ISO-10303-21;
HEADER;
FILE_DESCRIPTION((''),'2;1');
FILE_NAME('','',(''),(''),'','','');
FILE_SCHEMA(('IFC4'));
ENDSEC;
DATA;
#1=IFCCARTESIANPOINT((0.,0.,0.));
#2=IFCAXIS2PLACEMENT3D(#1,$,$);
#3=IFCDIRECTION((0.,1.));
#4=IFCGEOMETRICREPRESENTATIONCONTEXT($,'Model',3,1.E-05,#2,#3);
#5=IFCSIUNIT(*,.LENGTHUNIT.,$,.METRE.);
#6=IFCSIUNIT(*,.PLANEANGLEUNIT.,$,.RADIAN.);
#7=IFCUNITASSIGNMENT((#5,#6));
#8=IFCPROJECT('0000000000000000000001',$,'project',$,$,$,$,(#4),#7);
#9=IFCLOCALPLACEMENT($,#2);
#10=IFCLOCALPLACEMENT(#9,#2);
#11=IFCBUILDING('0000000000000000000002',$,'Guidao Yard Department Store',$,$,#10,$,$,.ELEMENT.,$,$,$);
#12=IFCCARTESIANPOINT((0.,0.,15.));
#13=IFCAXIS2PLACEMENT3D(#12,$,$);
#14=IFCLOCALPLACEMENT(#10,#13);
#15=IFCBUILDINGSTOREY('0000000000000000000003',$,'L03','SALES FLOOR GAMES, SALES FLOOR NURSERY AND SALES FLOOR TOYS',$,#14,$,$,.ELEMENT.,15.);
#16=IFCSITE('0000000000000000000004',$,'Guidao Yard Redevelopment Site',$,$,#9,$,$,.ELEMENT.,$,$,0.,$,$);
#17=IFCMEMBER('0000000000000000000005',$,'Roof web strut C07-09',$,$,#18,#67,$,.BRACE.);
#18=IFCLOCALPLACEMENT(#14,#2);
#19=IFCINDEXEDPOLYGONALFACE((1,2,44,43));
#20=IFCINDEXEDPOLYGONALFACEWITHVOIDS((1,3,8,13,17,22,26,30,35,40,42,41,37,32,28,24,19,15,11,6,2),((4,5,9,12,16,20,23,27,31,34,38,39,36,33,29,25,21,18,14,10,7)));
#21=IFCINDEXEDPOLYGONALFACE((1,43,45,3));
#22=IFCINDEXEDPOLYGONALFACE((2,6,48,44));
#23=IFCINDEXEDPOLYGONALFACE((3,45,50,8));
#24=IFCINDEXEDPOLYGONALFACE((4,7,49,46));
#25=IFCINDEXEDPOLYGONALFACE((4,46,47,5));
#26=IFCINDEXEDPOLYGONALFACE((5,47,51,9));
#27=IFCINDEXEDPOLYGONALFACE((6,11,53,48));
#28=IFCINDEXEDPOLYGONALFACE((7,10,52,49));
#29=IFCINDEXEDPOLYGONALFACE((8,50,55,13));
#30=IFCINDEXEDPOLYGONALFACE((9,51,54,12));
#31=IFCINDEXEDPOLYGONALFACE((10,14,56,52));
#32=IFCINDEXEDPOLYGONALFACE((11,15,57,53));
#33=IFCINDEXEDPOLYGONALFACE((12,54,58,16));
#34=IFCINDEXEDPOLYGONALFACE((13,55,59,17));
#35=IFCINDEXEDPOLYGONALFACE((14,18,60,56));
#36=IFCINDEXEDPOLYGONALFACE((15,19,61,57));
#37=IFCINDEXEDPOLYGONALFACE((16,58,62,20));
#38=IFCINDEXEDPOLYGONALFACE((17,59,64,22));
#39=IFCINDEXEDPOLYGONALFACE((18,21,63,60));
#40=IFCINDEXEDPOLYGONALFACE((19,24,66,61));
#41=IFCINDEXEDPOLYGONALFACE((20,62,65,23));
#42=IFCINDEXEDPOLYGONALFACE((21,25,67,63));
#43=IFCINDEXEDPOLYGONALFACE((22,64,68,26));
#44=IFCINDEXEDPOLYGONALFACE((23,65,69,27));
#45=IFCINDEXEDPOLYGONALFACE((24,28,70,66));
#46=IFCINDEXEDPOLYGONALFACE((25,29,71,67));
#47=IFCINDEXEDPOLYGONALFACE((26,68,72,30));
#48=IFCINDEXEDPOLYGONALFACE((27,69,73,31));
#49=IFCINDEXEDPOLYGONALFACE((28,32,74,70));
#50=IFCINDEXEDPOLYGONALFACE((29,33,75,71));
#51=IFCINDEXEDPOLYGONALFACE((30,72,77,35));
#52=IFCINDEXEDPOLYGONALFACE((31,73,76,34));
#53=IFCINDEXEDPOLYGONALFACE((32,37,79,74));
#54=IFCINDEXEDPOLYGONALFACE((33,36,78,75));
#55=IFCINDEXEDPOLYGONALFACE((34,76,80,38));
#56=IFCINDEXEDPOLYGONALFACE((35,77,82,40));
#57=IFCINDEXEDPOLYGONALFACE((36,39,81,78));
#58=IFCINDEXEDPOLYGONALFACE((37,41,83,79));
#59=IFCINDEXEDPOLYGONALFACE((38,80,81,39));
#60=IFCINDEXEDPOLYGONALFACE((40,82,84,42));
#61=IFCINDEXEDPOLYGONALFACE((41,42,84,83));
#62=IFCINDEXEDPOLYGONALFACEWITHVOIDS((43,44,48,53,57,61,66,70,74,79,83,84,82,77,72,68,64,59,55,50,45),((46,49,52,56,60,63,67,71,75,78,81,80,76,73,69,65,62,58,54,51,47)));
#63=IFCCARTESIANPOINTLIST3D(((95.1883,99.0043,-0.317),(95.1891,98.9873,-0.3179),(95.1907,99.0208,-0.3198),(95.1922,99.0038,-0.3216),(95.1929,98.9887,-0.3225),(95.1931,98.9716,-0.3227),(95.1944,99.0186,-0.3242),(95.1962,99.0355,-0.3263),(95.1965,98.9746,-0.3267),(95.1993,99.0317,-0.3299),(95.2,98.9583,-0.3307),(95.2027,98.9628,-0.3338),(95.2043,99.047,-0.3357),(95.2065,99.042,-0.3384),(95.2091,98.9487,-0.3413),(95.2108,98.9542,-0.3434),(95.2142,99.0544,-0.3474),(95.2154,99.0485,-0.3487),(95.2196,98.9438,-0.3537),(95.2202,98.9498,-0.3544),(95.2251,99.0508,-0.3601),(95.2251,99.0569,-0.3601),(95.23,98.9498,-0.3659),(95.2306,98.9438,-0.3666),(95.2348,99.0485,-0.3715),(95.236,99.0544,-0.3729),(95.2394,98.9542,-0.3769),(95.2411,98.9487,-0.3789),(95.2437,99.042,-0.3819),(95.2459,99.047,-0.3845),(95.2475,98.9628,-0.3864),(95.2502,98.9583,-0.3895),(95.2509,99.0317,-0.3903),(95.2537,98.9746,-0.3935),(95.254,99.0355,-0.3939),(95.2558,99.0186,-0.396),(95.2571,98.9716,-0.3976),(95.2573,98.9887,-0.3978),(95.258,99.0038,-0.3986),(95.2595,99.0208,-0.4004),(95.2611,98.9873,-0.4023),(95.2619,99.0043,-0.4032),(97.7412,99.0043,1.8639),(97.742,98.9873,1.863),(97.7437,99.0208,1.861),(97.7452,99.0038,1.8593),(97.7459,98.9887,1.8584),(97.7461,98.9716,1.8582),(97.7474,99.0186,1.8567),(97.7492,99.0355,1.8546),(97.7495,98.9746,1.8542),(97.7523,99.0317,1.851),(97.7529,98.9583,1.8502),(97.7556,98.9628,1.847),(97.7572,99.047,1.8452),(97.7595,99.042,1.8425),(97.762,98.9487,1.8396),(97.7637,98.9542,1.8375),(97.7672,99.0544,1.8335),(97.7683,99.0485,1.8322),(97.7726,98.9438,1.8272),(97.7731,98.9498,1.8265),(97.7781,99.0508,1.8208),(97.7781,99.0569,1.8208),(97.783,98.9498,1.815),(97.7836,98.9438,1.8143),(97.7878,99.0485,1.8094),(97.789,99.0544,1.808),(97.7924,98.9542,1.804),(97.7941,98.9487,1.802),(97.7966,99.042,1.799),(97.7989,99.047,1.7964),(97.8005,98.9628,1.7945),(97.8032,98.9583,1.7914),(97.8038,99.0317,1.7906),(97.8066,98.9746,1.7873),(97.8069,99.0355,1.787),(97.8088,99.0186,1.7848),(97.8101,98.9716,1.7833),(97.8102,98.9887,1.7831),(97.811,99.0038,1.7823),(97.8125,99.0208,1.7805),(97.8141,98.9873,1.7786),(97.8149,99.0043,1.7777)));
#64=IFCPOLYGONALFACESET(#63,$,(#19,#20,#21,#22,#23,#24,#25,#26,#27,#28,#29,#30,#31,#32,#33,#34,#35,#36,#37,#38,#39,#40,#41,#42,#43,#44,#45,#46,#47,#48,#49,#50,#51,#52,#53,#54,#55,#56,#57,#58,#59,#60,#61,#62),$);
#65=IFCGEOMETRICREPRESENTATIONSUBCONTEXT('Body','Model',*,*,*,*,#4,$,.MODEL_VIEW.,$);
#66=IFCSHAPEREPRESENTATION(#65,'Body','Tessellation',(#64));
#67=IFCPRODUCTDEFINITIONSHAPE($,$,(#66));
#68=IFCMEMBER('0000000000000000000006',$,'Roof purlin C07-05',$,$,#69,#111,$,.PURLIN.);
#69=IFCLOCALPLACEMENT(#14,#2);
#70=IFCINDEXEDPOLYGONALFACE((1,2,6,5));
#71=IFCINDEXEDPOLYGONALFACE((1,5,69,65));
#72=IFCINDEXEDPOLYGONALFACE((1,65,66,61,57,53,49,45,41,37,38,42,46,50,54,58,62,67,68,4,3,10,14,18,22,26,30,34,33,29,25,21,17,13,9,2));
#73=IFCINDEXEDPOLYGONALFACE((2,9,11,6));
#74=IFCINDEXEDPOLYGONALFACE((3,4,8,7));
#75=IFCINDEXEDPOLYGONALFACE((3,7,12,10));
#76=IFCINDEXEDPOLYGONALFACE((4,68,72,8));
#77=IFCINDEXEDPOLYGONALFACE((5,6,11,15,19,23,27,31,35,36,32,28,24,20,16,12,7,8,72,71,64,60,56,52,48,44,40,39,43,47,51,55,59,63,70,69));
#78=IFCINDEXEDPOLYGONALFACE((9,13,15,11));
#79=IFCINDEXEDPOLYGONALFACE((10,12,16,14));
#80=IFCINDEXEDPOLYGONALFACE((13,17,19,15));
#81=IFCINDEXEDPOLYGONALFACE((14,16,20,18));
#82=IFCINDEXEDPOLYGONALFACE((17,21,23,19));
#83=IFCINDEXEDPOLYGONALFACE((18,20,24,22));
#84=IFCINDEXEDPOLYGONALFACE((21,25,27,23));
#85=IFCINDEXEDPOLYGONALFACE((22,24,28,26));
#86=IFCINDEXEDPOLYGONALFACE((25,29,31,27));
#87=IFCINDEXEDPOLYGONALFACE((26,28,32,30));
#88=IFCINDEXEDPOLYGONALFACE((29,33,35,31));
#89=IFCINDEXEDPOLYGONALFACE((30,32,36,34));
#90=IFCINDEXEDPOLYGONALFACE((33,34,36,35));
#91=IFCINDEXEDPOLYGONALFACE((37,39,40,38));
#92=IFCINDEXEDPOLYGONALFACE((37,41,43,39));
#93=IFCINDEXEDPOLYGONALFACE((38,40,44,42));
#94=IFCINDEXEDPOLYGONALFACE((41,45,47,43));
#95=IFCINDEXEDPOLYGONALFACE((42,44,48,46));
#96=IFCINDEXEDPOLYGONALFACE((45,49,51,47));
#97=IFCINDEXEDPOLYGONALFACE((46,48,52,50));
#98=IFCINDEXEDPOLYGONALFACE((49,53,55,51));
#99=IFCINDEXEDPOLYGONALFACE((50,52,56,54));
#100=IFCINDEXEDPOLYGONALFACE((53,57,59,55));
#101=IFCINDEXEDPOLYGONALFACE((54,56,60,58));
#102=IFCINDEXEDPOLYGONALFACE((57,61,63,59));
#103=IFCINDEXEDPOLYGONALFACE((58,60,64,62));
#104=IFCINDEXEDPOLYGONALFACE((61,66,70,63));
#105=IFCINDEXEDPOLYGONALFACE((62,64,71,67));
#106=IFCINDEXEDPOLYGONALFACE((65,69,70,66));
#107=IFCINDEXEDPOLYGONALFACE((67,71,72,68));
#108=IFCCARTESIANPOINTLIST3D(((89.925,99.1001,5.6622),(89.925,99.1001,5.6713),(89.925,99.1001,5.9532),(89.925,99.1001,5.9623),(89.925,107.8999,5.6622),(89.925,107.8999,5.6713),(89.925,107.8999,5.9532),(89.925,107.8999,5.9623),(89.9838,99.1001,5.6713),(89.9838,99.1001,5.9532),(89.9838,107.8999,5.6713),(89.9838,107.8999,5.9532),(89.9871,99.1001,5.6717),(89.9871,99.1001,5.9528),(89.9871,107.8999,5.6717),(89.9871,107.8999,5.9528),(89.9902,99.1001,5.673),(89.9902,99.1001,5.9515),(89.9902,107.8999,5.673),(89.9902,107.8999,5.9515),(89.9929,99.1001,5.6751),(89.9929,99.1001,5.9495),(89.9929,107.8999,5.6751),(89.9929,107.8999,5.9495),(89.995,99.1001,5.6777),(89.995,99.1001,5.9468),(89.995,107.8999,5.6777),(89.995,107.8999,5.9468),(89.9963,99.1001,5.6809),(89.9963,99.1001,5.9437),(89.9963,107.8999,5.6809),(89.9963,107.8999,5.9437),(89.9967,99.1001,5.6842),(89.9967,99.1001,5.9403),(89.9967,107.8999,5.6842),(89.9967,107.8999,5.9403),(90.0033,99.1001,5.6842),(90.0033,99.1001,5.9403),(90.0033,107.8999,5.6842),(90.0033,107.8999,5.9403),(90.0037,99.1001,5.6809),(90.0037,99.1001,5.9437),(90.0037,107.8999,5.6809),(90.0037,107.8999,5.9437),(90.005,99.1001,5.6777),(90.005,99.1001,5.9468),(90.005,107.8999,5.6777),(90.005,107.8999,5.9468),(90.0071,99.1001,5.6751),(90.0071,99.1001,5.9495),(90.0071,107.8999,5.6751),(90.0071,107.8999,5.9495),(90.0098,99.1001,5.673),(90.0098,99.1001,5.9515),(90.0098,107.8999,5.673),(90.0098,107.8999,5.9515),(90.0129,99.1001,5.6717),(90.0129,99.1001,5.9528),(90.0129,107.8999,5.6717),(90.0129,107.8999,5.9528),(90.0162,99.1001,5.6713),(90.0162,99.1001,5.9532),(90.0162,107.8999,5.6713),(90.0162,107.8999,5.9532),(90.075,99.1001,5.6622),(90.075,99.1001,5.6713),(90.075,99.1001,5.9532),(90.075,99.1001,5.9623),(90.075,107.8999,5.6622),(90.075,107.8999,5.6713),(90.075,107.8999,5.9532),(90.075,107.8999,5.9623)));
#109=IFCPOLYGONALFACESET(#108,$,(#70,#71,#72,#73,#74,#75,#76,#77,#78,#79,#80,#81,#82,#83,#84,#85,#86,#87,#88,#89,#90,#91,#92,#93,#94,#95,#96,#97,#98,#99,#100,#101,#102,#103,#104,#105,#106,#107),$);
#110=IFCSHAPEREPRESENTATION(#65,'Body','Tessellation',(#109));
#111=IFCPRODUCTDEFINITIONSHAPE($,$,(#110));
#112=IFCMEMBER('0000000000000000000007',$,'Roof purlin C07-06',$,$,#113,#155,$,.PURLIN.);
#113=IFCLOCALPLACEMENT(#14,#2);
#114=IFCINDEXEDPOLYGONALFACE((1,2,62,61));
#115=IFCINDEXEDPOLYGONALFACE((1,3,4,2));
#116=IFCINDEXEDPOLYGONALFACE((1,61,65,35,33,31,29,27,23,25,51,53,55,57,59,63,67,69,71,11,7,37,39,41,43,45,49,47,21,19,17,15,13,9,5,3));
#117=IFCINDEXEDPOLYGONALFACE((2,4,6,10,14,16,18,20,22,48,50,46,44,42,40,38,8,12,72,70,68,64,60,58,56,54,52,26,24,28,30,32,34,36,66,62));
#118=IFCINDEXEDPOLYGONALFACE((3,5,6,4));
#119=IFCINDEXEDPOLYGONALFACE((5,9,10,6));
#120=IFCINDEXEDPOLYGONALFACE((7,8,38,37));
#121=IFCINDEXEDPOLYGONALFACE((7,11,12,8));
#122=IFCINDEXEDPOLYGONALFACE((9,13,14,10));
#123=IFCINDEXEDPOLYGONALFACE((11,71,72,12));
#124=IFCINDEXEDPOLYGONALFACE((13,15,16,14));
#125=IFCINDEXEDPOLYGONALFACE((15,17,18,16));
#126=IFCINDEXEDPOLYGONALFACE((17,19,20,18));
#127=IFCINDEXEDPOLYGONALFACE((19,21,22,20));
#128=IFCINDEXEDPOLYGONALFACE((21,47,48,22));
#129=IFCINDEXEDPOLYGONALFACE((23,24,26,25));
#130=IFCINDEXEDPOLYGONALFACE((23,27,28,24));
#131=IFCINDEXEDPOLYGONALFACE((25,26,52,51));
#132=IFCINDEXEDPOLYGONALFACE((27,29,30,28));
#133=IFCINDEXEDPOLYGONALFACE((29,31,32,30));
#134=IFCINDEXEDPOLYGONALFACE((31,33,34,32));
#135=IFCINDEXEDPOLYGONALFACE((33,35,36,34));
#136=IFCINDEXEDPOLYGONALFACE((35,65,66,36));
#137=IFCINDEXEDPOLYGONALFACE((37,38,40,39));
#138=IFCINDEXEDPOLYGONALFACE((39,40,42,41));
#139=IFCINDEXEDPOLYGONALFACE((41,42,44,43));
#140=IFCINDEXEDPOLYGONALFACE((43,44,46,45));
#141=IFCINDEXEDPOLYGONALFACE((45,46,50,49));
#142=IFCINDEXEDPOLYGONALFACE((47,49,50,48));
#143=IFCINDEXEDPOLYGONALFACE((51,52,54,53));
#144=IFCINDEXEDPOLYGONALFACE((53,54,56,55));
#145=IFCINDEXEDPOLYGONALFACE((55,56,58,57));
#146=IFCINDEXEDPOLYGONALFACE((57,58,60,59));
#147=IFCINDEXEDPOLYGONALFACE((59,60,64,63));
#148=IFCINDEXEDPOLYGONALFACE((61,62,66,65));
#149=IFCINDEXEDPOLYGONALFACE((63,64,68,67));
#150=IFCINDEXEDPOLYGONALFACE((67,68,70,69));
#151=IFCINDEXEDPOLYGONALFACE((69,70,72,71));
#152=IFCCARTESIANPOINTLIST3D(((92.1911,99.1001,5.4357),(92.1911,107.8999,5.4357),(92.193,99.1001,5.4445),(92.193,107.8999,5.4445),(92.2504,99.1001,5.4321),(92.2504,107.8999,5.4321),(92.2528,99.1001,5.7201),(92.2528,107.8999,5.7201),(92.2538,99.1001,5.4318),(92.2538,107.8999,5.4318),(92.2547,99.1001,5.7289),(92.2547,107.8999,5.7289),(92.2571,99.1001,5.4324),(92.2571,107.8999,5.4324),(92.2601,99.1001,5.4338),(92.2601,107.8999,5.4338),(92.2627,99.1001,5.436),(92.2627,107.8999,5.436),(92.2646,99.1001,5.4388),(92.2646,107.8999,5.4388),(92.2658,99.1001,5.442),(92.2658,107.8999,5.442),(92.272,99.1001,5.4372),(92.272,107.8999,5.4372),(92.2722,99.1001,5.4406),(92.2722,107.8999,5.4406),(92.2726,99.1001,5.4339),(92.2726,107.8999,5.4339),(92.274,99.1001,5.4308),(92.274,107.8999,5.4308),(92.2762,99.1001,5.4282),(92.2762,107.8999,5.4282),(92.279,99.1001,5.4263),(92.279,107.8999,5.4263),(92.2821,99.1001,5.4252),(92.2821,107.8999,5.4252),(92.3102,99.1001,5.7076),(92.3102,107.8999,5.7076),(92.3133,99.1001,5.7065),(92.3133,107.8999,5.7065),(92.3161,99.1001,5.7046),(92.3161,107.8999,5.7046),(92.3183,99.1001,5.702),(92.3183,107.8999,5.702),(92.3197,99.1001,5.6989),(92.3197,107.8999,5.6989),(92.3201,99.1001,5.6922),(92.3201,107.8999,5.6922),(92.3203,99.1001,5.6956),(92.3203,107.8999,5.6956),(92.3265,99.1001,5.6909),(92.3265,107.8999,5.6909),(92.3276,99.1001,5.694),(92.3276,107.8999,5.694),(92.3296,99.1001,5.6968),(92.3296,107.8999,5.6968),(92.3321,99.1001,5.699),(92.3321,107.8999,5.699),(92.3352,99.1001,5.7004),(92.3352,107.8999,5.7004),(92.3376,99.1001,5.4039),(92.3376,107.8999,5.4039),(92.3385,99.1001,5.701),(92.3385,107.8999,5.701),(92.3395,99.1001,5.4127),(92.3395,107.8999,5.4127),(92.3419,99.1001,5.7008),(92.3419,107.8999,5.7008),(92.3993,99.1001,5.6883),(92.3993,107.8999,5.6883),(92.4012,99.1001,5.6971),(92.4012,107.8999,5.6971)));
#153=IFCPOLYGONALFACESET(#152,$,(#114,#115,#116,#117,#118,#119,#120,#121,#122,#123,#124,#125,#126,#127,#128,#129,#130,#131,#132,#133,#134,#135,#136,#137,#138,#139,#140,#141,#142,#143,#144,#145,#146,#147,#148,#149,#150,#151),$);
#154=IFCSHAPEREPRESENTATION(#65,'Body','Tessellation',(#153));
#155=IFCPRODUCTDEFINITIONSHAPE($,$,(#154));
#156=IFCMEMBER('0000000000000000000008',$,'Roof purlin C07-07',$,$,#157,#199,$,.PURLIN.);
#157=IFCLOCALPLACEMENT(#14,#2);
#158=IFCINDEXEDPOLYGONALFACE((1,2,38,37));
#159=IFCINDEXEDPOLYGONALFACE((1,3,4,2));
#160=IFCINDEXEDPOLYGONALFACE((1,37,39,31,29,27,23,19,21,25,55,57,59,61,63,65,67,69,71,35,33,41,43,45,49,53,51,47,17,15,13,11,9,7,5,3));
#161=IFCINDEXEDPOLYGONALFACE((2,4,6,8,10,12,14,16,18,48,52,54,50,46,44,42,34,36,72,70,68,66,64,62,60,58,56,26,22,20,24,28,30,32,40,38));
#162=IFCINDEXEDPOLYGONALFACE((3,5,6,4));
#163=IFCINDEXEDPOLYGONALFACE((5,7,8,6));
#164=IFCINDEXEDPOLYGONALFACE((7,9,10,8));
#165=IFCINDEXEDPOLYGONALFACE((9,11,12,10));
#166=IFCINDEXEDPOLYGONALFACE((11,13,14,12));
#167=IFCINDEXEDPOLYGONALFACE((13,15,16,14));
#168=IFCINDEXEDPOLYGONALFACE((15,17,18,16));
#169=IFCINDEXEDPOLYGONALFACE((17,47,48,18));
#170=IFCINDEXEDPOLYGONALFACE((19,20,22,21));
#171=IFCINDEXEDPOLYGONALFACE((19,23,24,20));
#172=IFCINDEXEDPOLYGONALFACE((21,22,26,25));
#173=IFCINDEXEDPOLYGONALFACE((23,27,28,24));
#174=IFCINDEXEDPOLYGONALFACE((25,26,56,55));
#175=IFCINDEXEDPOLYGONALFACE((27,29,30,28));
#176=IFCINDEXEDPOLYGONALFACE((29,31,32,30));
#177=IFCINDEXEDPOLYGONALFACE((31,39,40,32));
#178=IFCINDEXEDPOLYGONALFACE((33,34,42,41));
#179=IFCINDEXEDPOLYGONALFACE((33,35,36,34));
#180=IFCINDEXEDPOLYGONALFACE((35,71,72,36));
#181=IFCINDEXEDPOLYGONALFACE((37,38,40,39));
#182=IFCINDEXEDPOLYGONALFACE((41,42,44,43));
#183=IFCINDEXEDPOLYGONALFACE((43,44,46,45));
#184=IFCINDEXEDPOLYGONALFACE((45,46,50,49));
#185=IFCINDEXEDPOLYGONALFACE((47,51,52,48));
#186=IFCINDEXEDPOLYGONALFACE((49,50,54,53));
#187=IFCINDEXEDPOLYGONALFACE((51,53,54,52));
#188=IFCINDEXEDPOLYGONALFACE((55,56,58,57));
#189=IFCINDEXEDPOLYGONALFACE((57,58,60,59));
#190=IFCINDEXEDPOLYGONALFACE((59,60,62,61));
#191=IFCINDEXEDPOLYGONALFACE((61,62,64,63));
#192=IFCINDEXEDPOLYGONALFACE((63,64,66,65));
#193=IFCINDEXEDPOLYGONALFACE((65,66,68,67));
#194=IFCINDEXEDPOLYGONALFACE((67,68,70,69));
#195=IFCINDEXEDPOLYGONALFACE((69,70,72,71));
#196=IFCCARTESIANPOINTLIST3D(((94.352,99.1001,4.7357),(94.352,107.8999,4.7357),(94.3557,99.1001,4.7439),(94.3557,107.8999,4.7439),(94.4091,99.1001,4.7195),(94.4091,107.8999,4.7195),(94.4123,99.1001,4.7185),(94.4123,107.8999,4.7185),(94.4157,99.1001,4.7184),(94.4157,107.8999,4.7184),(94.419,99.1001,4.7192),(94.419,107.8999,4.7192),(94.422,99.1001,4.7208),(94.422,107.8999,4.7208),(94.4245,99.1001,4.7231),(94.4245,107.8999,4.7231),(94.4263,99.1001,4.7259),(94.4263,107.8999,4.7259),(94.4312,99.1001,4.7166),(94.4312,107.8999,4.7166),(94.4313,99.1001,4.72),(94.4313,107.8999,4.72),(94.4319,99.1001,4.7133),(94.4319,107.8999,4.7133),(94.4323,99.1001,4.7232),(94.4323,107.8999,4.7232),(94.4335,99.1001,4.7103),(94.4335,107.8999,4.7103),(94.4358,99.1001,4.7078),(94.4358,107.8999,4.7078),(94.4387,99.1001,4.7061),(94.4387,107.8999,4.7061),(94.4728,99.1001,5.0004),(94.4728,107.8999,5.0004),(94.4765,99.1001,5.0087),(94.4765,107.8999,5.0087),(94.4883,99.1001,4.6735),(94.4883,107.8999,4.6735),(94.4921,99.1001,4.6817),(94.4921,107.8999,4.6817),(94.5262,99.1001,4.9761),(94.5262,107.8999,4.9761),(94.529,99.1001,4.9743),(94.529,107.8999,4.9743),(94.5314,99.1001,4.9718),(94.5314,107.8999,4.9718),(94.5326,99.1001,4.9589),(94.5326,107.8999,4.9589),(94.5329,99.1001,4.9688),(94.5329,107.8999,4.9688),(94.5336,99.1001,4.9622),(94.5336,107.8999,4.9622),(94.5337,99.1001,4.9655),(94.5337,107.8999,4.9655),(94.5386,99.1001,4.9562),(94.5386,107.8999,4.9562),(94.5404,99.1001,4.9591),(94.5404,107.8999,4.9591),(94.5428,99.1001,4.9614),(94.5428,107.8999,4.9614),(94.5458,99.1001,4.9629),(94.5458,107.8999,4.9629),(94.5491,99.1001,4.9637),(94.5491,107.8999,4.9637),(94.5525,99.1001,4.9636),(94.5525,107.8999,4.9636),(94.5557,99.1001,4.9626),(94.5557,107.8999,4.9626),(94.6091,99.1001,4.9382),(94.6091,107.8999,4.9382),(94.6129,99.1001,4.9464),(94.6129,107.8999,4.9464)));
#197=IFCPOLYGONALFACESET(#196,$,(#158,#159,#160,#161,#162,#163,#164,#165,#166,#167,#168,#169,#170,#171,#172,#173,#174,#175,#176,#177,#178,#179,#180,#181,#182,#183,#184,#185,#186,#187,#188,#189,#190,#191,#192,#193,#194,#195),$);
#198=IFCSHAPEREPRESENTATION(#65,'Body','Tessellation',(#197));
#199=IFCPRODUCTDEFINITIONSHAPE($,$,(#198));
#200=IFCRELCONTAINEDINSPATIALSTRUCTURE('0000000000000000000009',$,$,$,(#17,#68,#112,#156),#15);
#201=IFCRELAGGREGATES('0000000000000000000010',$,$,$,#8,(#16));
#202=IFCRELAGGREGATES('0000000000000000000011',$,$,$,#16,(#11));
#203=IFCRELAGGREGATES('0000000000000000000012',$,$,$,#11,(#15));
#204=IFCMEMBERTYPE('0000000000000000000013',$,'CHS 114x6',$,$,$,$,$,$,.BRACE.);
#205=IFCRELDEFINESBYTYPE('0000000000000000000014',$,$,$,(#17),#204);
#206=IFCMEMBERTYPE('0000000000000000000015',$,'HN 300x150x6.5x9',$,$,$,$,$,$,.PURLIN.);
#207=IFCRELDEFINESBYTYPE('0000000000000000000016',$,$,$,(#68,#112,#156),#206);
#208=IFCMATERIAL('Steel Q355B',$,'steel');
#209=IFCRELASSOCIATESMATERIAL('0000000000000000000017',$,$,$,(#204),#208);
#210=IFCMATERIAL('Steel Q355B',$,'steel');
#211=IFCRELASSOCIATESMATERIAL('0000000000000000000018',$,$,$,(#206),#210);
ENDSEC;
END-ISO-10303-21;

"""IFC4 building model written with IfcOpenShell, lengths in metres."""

from ifc_helpers import new_model, si_unit, direction, frame, origin, origin_2d, place, context, subcontext, project, spatial, hollow_circle, i_section, extrude, material, material_profile, profile_set, type_object, element, save


model = new_model("IFC4")

# Units and contexts
model_context = context("Model", 3, precision=1e-05, world=origin(), true_north=direction((0.0, 1.0)))
body_context = subcontext(model_context, "Body", "Model", "MODEL_VIEW")
ifc_project = project(units=[si_unit("LENGTHUNIT", "METRE"), si_unit("PLANEANGLEUNIT", "RADIAN")], contexts=[model_context])

# Site, building, storey
site_placement = place(None, origin())
site = spatial("IfcSite", under=ifc_project, at=site_placement, Name="Guidao Yard Redevelopment Site", CompositionType="ELEMENT", RefElevation=0.0)
building_placement = place(site_placement, origin())
building = spatial("IfcBuilding", under=site, at=building_placement, Name="Guidao Yard Department Store", CompositionType="ELEMENT")
storey_placement = place(building_placement, frame((0.0, 0.0, 15.0)))
storey = spatial("IfcBuildingStorey", under=building, at=storey_placement, Name="L03", Description="SALES FLOOR GAMES, SALES FLOOR NURSERY AND SALES FLOOR TOYS", CompositionType="ELEMENT", Elevation=15.0)

# Members
ifc_material_1 = material(Name="Steel Q355B", Category="steel")
ifc_material_profile_1 = material_profile(ifc_material_1, hollow_circle(Radius=0.0569, WallThickness=0.0061, at=origin_2d()), Name="CHS 114x6")
ifc_profile_set_1 = profile_set([ifc_material_profile_1], Name="Steel Q355B")
member_type_1 = type_object("IfcMemberType", Name="CHS 114x6", PredefinedType="BRACE", material=ifc_profile_set_1)
member_1_placement = place(storey_placement, frame((95.2251, 99.0, -0.3601), z_axis=(0.760339, 0.0, 0.649527), x_axis=(0.0, 1.0, 0.0)))
element("IfcMember", 1, at=member_1_placement, inside=storey, type_object=member_type_1, Name="Roof web strut C07-09", PredefinedType="BRACE", context=body_context, shape_type="SweptSolid", body=[
    extrude(hollow_circle(Radius=0.0569, WallThickness=0.0061, at=origin_2d()), origin(), (0.0, 0.0, 1.0), 3.3577),
])
ifc_material_2 = material(Name="Steel Q355B", Category="steel")
ifc_material_profile_2 = material_profile(ifc_material_2, i_section(OverallWidth=0.1499, OverallDepth=0.3, WebThickness=0.0066, FlangeThickness=0.009, FilletRadius=0.0129, at=origin_2d()), Name="HN 300x150x6.5x9")
ifc_profile_set_2 = profile_set([ifc_material_profile_2], Name="Steel Q355B")
member_type_2 = type_object("IfcMemberType", Name="HN 300x150x6.5x9", PredefinedType="PURLIN", material=ifc_profile_set_2)
for number, where, z_axis, x_axis, name in (
    (2, (90.0, 99.1001, 5.8123), (0.0, 1.0, 0.0), (-1.0, 0.0, 0.0), "Roof purlin C07-05"),
    (3, (92.2961, 99.1001, 5.5664), (0.0, 1.0, 0.0), (-0.977292, 0.0, 0.211897), "Roof purlin C07-06"),
    (4, (94.4824, 99.1001, 4.8411), (0.0, 1.0, 0.0), (-0.909751, 0.0, 0.415155), "Roof purlin C07-07"),
):
    element("IfcMember", number, at=place(storey_placement, frame(where, z_axis=z_axis, x_axis=x_axis)), inside=storey, type_object=member_type_2, Name=name, PredefinedType="PURLIN", context=body_context, shape_type="SweptSolid", body=[
        extrude(i_section(OverallWidth=0.1499, OverallDepth=0.3, WebThickness=0.0066, FlangeThickness=0.009, FilletRadius=0.0129, at=origin_2d()), origin(), (0.0, 0.0, 1.0), 8.7998),
    ])

save(model, "model.ifc")
